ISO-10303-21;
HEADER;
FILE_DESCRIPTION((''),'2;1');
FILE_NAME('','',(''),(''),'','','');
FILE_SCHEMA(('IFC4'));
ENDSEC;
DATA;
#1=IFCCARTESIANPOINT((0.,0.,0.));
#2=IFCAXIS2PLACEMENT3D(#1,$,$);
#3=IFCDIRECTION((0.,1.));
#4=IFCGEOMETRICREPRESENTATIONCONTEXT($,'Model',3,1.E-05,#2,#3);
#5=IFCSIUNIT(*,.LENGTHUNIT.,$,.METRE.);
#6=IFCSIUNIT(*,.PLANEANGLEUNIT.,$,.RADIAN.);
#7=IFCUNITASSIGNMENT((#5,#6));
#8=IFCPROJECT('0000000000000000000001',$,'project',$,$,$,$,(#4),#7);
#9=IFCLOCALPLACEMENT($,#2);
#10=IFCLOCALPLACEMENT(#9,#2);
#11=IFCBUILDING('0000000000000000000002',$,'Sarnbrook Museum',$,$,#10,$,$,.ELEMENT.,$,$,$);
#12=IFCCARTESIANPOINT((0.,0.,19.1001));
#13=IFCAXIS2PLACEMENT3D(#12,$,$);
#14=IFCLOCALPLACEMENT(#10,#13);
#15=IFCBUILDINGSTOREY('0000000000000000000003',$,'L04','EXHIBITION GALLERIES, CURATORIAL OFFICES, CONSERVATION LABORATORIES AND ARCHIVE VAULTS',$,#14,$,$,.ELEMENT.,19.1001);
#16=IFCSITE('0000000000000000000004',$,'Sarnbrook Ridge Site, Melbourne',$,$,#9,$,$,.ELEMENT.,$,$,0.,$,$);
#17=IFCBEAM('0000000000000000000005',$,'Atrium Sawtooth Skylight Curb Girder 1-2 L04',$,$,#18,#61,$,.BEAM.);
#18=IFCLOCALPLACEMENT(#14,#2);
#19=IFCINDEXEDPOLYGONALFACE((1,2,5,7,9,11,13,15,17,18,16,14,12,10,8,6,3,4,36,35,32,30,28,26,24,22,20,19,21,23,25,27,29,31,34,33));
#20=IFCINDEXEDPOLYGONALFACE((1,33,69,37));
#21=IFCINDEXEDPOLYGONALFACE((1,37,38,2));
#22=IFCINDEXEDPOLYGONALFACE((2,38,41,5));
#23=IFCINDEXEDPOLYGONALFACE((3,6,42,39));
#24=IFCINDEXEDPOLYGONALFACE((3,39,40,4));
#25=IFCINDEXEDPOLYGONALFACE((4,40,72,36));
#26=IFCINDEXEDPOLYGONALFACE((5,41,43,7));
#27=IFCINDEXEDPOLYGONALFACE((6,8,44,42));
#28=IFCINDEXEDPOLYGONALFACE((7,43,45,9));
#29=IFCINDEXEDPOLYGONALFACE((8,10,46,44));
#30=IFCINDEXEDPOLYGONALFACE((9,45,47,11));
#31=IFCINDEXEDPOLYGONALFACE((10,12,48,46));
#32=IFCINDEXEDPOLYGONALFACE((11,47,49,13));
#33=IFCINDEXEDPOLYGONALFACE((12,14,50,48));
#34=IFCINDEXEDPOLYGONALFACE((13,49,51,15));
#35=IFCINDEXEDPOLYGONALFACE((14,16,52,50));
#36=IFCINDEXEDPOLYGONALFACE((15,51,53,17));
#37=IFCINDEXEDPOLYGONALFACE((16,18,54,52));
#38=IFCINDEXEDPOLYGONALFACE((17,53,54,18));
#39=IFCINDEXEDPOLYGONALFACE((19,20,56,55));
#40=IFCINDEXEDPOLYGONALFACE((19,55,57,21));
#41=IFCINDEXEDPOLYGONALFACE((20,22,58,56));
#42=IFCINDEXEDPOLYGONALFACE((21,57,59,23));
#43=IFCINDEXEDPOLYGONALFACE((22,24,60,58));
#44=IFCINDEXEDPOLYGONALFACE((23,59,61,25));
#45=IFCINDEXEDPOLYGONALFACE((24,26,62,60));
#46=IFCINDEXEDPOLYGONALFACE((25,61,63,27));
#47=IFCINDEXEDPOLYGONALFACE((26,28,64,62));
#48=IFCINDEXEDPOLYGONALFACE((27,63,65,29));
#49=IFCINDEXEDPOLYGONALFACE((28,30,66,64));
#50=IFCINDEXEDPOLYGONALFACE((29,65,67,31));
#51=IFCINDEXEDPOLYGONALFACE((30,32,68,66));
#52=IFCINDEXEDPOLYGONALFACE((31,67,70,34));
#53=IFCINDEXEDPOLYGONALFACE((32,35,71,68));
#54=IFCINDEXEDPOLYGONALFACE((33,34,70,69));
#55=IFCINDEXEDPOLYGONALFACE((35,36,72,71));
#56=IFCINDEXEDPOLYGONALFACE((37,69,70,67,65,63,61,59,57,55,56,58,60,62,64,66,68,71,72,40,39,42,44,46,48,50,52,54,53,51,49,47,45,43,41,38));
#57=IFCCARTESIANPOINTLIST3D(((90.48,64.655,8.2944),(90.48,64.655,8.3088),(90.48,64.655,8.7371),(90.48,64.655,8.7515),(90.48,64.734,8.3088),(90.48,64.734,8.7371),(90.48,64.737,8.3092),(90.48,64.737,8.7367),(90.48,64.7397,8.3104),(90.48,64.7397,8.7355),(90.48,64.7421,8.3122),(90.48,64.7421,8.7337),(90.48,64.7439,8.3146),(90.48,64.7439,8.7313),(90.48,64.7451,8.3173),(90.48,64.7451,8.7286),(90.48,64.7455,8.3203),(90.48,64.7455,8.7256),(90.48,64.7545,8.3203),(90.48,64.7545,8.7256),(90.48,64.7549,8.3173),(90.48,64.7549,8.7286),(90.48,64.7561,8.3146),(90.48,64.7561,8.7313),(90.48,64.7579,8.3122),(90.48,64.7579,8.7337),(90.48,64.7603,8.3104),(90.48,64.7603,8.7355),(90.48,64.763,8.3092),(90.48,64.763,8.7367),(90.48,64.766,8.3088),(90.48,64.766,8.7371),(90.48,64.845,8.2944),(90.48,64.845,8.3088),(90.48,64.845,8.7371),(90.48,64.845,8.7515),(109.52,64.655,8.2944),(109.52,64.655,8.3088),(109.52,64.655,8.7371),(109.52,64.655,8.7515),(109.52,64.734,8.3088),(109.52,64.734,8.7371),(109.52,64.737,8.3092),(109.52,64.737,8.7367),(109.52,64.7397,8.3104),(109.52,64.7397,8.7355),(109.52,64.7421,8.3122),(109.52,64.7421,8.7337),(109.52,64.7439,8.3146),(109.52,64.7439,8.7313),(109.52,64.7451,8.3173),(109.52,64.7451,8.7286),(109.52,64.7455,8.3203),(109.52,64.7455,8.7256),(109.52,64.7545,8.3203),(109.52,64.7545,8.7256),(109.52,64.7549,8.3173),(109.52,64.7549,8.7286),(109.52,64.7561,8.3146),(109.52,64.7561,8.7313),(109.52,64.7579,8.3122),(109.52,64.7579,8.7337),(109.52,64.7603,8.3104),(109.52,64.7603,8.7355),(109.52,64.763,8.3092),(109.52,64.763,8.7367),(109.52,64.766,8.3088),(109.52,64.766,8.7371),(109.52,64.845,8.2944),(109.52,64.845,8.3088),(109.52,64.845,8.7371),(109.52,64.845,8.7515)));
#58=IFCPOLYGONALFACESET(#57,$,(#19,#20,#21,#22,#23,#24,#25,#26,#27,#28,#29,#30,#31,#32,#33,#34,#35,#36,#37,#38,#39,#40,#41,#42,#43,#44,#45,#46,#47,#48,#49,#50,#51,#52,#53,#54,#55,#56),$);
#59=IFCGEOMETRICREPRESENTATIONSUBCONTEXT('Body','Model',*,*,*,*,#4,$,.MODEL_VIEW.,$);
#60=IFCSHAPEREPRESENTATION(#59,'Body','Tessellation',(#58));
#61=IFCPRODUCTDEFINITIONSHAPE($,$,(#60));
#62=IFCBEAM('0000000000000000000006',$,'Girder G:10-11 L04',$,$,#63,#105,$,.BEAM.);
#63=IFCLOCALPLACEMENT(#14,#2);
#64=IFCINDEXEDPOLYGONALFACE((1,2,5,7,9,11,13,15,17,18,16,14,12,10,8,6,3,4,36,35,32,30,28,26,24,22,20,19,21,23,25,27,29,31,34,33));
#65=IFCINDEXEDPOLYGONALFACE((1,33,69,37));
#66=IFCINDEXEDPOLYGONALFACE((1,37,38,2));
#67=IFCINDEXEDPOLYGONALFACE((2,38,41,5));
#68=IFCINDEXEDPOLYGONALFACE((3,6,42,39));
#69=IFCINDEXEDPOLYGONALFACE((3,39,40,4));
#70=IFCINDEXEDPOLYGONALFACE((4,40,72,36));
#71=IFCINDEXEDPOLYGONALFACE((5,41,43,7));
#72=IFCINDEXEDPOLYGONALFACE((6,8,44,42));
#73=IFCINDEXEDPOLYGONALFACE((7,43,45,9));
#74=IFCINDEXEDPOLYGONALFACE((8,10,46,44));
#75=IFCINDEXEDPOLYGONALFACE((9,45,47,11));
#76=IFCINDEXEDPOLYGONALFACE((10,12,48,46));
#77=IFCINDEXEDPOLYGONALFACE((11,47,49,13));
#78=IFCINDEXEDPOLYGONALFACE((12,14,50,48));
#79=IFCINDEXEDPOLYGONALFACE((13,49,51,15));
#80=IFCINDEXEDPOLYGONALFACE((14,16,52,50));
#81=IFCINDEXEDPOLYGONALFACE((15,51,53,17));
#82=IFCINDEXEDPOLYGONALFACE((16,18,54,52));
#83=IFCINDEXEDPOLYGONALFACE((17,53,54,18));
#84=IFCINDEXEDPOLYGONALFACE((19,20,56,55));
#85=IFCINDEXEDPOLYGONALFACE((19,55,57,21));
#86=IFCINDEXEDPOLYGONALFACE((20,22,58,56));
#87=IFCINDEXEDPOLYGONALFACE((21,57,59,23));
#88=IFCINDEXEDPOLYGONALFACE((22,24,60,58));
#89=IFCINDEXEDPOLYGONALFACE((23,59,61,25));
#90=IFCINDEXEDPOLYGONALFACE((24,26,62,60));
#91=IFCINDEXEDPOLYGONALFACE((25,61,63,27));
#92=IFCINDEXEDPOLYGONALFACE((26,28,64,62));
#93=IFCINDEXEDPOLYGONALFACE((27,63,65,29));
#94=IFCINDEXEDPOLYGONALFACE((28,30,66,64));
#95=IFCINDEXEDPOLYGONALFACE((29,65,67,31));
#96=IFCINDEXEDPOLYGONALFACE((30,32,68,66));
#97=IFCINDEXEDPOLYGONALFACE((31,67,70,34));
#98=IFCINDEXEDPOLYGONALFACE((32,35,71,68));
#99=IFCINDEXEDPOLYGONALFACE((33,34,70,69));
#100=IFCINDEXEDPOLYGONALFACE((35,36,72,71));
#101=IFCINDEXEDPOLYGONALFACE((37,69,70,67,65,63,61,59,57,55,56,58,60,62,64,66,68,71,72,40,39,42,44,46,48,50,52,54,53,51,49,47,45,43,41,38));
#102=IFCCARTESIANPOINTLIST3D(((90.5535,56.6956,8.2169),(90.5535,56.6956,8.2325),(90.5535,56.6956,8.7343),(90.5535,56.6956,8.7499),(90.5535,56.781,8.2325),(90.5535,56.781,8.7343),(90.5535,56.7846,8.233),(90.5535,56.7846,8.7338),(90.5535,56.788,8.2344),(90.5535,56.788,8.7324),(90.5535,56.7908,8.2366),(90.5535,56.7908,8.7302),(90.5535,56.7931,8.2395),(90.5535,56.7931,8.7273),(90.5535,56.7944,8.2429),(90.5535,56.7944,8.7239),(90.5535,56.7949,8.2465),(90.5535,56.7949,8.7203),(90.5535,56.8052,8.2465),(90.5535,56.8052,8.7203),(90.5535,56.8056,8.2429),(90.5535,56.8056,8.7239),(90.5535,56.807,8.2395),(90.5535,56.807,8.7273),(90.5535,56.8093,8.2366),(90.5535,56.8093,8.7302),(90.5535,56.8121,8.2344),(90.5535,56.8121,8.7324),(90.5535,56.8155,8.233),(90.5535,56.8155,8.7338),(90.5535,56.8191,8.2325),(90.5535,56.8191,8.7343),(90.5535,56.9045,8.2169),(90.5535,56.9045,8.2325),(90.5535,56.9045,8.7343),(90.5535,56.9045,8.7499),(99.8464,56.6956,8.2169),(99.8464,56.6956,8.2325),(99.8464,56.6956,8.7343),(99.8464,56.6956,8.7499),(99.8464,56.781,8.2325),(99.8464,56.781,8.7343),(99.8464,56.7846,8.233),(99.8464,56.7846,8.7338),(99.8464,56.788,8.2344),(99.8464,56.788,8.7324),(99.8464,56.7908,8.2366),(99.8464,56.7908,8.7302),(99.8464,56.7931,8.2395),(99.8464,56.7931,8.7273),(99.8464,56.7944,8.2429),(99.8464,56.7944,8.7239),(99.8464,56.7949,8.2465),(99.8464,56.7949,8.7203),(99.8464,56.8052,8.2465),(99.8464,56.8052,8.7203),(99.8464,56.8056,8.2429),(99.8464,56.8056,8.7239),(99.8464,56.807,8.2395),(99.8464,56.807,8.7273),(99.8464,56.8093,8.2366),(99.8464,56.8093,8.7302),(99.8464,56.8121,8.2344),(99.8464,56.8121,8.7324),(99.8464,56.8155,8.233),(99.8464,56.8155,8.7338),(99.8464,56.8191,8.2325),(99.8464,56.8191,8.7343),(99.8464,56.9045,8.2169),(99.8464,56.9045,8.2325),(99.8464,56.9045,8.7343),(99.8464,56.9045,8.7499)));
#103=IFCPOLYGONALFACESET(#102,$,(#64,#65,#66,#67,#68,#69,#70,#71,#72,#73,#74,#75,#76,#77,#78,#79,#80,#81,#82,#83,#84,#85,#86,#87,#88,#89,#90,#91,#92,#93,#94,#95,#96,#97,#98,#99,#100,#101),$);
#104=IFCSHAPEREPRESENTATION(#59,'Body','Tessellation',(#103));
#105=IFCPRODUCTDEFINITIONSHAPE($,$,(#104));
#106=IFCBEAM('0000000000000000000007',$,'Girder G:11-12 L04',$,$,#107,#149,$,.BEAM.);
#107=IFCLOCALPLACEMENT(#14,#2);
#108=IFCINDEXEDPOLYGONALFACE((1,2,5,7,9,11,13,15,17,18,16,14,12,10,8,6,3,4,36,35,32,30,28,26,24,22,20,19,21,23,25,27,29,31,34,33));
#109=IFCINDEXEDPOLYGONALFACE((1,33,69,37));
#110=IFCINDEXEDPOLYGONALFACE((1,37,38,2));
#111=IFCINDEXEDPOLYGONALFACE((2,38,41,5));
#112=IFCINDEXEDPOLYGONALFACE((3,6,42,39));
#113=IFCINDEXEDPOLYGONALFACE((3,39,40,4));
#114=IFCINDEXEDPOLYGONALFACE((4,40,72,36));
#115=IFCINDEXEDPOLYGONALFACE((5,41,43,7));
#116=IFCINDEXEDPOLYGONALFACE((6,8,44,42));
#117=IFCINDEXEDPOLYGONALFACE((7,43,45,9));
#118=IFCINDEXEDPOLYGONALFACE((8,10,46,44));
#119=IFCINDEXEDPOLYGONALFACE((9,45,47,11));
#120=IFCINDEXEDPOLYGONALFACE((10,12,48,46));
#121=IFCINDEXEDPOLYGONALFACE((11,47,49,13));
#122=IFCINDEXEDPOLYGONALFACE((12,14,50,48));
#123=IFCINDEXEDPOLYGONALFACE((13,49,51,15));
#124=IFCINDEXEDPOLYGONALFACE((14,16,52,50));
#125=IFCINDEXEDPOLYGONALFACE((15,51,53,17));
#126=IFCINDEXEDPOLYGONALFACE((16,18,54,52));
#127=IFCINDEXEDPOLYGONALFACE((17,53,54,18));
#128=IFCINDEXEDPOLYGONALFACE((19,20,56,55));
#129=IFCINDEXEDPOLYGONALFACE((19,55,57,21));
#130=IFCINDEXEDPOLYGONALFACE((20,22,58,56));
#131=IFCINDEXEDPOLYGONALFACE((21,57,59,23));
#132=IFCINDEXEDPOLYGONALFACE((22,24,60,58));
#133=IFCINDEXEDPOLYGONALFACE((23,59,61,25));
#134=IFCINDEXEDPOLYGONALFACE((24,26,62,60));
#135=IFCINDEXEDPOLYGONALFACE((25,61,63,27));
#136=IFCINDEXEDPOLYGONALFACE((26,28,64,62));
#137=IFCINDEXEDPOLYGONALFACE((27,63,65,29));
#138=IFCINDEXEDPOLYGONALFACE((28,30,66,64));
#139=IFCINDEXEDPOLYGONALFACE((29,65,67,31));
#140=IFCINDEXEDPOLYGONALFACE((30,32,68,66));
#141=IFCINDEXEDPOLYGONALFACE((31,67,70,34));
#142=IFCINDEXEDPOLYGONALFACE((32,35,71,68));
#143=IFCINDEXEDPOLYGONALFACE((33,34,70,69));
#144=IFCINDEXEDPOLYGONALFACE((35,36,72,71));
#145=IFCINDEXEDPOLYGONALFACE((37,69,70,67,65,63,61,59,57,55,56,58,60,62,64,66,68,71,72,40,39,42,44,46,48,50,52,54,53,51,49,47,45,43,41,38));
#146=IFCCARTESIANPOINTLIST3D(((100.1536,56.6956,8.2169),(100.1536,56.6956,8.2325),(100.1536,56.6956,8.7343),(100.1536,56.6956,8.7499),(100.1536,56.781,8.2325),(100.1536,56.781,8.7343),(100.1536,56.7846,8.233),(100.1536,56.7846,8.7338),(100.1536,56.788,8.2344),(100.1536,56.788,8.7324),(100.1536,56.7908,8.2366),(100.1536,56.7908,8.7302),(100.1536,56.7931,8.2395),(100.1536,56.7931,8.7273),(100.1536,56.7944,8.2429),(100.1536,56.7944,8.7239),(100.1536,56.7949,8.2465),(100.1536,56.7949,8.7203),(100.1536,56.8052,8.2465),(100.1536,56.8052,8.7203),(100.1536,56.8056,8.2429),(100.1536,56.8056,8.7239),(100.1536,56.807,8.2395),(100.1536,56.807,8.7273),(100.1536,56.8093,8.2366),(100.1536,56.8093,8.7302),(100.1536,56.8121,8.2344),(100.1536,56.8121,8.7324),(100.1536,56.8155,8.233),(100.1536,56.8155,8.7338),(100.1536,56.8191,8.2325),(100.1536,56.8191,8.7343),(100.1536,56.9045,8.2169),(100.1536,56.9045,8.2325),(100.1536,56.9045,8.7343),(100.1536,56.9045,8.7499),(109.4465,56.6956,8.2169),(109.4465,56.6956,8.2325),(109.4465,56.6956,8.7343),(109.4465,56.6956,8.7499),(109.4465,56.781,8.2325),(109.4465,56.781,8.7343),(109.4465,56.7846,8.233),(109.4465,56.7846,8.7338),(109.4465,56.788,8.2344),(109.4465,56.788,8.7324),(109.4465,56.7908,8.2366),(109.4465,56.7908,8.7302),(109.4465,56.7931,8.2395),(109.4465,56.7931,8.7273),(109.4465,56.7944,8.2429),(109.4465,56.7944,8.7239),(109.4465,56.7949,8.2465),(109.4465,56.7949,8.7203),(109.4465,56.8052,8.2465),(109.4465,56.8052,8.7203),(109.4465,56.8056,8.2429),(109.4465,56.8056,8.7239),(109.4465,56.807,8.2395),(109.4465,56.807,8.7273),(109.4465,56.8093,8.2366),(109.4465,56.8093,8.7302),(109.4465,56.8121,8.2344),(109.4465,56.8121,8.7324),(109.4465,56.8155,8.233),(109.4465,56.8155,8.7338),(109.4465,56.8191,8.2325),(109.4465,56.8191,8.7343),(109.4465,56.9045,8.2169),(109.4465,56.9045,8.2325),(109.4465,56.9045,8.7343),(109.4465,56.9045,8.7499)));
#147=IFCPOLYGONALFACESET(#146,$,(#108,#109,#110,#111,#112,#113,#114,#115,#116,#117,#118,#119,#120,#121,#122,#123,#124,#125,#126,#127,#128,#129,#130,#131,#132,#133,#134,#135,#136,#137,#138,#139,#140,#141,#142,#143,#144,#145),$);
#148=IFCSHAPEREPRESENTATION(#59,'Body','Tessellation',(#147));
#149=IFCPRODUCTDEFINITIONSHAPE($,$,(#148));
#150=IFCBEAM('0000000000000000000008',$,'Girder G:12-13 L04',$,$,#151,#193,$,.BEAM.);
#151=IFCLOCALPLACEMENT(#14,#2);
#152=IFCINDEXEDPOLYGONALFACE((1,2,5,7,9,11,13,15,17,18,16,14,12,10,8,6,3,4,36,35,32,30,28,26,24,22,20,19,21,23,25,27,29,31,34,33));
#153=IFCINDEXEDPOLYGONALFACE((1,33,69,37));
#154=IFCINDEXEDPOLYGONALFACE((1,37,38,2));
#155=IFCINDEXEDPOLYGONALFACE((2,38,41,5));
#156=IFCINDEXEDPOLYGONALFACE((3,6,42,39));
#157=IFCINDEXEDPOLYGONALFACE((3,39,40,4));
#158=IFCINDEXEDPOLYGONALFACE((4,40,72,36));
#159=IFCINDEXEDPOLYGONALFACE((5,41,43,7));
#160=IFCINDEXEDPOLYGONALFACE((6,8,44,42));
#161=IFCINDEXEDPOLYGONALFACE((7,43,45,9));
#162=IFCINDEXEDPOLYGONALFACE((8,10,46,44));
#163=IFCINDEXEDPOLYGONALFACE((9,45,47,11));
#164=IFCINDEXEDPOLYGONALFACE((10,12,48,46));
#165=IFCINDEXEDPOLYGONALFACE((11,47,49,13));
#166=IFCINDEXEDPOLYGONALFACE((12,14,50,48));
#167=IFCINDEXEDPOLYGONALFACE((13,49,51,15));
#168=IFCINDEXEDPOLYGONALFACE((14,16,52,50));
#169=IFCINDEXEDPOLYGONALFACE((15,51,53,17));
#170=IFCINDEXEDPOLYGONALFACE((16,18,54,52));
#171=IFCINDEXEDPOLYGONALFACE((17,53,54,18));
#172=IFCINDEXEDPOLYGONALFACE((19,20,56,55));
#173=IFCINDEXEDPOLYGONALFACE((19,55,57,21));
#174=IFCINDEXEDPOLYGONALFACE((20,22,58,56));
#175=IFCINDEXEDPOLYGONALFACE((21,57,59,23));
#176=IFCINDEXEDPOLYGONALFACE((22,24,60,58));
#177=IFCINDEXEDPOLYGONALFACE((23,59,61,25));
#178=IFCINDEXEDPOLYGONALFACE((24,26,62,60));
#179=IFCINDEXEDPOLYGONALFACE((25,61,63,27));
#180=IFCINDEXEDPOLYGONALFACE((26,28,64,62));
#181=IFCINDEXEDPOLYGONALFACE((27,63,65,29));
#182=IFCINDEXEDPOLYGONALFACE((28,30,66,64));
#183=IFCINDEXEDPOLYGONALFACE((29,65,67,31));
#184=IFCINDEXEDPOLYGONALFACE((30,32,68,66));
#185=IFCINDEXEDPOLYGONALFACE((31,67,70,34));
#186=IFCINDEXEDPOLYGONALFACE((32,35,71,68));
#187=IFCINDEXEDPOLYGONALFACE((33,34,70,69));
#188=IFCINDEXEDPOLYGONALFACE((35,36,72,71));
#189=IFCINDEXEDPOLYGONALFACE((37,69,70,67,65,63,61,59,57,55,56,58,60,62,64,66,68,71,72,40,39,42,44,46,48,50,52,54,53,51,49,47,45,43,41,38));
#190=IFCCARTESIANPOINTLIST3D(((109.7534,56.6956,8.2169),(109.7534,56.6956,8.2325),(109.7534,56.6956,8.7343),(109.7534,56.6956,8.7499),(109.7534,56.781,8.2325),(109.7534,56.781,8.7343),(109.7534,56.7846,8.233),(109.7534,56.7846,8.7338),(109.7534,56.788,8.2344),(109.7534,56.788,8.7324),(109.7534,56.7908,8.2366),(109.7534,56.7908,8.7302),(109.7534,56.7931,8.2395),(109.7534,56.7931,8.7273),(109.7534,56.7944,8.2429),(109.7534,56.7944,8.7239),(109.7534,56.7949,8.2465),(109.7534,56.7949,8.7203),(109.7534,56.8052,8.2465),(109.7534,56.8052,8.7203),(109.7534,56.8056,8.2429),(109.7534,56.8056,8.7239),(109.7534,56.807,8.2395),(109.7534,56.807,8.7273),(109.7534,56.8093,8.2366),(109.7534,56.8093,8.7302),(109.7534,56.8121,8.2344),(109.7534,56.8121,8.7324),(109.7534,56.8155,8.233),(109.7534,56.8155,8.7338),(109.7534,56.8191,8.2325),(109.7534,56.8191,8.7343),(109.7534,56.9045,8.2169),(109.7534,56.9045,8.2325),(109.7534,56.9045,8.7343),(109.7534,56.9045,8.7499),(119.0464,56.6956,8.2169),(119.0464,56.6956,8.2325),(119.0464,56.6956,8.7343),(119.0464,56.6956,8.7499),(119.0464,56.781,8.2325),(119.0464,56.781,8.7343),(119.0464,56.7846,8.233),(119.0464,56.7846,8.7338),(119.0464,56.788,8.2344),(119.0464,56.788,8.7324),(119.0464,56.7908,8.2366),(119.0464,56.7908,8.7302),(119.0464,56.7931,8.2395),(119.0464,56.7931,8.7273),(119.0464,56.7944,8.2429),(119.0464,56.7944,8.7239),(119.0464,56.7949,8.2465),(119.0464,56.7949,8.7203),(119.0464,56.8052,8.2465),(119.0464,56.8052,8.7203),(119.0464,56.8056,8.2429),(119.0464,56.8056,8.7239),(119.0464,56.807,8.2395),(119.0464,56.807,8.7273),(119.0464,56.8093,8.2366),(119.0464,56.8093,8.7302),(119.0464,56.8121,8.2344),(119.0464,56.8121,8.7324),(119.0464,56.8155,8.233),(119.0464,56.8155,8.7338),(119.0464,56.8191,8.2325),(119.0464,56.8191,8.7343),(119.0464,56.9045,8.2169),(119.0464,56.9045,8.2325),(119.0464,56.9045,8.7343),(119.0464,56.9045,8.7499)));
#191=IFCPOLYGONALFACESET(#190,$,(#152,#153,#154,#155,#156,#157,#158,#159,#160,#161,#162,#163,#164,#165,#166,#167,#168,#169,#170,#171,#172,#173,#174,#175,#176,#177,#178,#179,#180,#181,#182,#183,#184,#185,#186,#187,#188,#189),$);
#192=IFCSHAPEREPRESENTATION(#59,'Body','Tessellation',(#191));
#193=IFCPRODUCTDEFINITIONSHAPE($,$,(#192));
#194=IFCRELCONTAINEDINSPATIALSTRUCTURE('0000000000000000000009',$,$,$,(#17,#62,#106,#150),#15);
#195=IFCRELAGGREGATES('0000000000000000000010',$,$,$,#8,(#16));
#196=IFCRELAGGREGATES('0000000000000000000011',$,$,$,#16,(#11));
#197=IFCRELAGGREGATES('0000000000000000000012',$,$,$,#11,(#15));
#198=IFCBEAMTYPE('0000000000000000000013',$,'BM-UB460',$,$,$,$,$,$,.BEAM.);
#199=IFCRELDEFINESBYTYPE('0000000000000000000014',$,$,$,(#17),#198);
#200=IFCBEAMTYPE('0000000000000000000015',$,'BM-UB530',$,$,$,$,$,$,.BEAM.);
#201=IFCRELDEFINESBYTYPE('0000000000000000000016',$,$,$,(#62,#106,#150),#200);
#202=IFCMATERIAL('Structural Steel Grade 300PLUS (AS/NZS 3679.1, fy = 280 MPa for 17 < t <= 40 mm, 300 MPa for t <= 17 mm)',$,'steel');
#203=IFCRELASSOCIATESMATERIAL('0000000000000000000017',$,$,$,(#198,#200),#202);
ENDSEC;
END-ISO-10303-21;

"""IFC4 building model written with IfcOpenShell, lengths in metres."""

from ifc_helpers import new_model, si_unit, direction, frame, origin, origin_2d, place, context, subcontext, project, spatial, i_section, extrude, material, material_profile, profile_set, type_object, element, save


model = new_model("IFC4")

# Units and contexts
model_context = context("Model", 3, precision=1e-05, world=origin(), true_north=direction((0.0, 1.0)))
body_context = subcontext(model_context, "Body", "Model", "MODEL_VIEW")
ifc_project = project(units=[si_unit("LENGTHUNIT", "METRE"), si_unit("PLANEANGLEUNIT", "RADIAN")], contexts=[model_context])

# Site, building, storey
site_placement = place(None, origin())
site = spatial("IfcSite", under=ifc_project, at=site_placement, Name="Sarnbrook Ridge Site, Melbourne", CompositionType="ELEMENT", RefElevation=0.0)
building_placement = place(site_placement, origin())
building = spatial("IfcBuilding", under=site, at=building_placement, Name="Sarnbrook Museum", CompositionType="ELEMENT")
storey_placement = place(building_placement, frame((0.0, 0.0, 19.1001)))
storey = spatial("IfcBuildingStorey", under=building, at=storey_placement, Name="L04", Description="EXHIBITION GALLERIES, CURATORIAL OFFICES, CONSERVATION LABORATORIES AND ARCHIVE VAULTS", CompositionType="ELEMENT", Elevation=19.1001)

# Shared definitions
ifc_material_1 = material(Name="Structural Steel Grade 300PLUS (AS/NZS 3679.1, fy = 280 MPa for 17 < t <= 40 mm, 300 MPa for t <= 17 mm)", Category="steel")

# Beams
ifc_material_profile_1 = material_profile(ifc_material_1, i_section(OverallWidth=0.1899, OverallDepth=0.457, WebThickness=0.009, FlangeThickness=0.0144, FilletRadius=0.0115, at=origin_2d()), Name="460UB74.6")
ifc_profile_set_1 = profile_set([ifc_material_profile_1], Name="Structural Steel Grade 300PLUS (AS/NZS 3679.1, fy = 280 MPa for 17 < t <= 40 mm, 300 MPa for t <= 17 mm)")
beam_type_1 = type_object("IfcBeamType", Name="BM-UB460", PredefinedType="BEAM", material=ifc_profile_set_1)
for number, where, z_axis, x_axis, name in (
    (1, (90.48, 64.75, 8.5229), (1.0, 0.0, 0.0), (0.0, 1.0, 0.0), "Atrium Sawtooth Skylight Curb Girder 1-2 L04"),
):
    element("IfcBeam", number, at=place(storey_placement, frame(where, z_axis=z_axis, x_axis=x_axis)), inside=storey, type_object=beam_type_1, Name=name, PredefinedType="BEAM", context=body_context, shape_type="SweptSolid", body=[
        extrude(i_section(OverallWidth=0.1899, OverallDepth=0.457, WebThickness=0.009, FlangeThickness=0.0144, FilletRadius=0.0115, at=origin_2d()), origin(), (0.0, 0.0, 1.0), 19.04),
    ])
ifc_material_profile_2 = material_profile(ifc_material_1, i_section(OverallWidth=0.209, OverallDepth=0.533, WebThickness=0.0103, FlangeThickness=0.0156, FilletRadius=0.0139, at=origin_2d()), Name="530UB92.4")
ifc_profile_set_2 = profile_set([ifc_material_profile_2], Name="Structural Steel Grade 300PLUS (AS/NZS 3679.1, fy = 280 MPa for 17 < t <= 40 mm, 300 MPa for t <= 17 mm)")
beam_type_2 = type_object("IfcBeamType", Name="BM-UB530", PredefinedType="BEAM", material=ifc_profile_set_2)
for number, where, z_axis, x_axis, name in (
    (2, (90.5535, 56.8, 8.4834), (1.0, 0.0, 0.0), (0.0, 1.0, 0.0), "Girder G:10-11 L04"),
    (3, (100.1536, 56.8, 8.4834), (1.0, 0.0, 0.0), (0.0, 1.0, 0.0), "Girder G:11-12 L04"),
    (4, (109.7534, 56.8, 8.4834), (1.0, 0.0, 0.0), (0.0, 1.0, 0.0), "Girder G:12-13 L04"),
):
    element("IfcBeam", number, at=place(storey_placement, frame(where, z_axis=z_axis, x_axis=x_axis)), inside=storey, type_object=beam_type_2, Name=name, PredefinedType="BEAM", context=body_context, shape_type="SweptSolid", body=[
        extrude(i_section(OverallWidth=0.209, OverallDepth=0.533, WebThickness=0.0103, FlangeThickness=0.0156, FilletRadius=0.0139, at=origin_2d()), origin(), (0.0, 0.0, 1.0), 9.293),
    ])

save(model, "model.ifc")
